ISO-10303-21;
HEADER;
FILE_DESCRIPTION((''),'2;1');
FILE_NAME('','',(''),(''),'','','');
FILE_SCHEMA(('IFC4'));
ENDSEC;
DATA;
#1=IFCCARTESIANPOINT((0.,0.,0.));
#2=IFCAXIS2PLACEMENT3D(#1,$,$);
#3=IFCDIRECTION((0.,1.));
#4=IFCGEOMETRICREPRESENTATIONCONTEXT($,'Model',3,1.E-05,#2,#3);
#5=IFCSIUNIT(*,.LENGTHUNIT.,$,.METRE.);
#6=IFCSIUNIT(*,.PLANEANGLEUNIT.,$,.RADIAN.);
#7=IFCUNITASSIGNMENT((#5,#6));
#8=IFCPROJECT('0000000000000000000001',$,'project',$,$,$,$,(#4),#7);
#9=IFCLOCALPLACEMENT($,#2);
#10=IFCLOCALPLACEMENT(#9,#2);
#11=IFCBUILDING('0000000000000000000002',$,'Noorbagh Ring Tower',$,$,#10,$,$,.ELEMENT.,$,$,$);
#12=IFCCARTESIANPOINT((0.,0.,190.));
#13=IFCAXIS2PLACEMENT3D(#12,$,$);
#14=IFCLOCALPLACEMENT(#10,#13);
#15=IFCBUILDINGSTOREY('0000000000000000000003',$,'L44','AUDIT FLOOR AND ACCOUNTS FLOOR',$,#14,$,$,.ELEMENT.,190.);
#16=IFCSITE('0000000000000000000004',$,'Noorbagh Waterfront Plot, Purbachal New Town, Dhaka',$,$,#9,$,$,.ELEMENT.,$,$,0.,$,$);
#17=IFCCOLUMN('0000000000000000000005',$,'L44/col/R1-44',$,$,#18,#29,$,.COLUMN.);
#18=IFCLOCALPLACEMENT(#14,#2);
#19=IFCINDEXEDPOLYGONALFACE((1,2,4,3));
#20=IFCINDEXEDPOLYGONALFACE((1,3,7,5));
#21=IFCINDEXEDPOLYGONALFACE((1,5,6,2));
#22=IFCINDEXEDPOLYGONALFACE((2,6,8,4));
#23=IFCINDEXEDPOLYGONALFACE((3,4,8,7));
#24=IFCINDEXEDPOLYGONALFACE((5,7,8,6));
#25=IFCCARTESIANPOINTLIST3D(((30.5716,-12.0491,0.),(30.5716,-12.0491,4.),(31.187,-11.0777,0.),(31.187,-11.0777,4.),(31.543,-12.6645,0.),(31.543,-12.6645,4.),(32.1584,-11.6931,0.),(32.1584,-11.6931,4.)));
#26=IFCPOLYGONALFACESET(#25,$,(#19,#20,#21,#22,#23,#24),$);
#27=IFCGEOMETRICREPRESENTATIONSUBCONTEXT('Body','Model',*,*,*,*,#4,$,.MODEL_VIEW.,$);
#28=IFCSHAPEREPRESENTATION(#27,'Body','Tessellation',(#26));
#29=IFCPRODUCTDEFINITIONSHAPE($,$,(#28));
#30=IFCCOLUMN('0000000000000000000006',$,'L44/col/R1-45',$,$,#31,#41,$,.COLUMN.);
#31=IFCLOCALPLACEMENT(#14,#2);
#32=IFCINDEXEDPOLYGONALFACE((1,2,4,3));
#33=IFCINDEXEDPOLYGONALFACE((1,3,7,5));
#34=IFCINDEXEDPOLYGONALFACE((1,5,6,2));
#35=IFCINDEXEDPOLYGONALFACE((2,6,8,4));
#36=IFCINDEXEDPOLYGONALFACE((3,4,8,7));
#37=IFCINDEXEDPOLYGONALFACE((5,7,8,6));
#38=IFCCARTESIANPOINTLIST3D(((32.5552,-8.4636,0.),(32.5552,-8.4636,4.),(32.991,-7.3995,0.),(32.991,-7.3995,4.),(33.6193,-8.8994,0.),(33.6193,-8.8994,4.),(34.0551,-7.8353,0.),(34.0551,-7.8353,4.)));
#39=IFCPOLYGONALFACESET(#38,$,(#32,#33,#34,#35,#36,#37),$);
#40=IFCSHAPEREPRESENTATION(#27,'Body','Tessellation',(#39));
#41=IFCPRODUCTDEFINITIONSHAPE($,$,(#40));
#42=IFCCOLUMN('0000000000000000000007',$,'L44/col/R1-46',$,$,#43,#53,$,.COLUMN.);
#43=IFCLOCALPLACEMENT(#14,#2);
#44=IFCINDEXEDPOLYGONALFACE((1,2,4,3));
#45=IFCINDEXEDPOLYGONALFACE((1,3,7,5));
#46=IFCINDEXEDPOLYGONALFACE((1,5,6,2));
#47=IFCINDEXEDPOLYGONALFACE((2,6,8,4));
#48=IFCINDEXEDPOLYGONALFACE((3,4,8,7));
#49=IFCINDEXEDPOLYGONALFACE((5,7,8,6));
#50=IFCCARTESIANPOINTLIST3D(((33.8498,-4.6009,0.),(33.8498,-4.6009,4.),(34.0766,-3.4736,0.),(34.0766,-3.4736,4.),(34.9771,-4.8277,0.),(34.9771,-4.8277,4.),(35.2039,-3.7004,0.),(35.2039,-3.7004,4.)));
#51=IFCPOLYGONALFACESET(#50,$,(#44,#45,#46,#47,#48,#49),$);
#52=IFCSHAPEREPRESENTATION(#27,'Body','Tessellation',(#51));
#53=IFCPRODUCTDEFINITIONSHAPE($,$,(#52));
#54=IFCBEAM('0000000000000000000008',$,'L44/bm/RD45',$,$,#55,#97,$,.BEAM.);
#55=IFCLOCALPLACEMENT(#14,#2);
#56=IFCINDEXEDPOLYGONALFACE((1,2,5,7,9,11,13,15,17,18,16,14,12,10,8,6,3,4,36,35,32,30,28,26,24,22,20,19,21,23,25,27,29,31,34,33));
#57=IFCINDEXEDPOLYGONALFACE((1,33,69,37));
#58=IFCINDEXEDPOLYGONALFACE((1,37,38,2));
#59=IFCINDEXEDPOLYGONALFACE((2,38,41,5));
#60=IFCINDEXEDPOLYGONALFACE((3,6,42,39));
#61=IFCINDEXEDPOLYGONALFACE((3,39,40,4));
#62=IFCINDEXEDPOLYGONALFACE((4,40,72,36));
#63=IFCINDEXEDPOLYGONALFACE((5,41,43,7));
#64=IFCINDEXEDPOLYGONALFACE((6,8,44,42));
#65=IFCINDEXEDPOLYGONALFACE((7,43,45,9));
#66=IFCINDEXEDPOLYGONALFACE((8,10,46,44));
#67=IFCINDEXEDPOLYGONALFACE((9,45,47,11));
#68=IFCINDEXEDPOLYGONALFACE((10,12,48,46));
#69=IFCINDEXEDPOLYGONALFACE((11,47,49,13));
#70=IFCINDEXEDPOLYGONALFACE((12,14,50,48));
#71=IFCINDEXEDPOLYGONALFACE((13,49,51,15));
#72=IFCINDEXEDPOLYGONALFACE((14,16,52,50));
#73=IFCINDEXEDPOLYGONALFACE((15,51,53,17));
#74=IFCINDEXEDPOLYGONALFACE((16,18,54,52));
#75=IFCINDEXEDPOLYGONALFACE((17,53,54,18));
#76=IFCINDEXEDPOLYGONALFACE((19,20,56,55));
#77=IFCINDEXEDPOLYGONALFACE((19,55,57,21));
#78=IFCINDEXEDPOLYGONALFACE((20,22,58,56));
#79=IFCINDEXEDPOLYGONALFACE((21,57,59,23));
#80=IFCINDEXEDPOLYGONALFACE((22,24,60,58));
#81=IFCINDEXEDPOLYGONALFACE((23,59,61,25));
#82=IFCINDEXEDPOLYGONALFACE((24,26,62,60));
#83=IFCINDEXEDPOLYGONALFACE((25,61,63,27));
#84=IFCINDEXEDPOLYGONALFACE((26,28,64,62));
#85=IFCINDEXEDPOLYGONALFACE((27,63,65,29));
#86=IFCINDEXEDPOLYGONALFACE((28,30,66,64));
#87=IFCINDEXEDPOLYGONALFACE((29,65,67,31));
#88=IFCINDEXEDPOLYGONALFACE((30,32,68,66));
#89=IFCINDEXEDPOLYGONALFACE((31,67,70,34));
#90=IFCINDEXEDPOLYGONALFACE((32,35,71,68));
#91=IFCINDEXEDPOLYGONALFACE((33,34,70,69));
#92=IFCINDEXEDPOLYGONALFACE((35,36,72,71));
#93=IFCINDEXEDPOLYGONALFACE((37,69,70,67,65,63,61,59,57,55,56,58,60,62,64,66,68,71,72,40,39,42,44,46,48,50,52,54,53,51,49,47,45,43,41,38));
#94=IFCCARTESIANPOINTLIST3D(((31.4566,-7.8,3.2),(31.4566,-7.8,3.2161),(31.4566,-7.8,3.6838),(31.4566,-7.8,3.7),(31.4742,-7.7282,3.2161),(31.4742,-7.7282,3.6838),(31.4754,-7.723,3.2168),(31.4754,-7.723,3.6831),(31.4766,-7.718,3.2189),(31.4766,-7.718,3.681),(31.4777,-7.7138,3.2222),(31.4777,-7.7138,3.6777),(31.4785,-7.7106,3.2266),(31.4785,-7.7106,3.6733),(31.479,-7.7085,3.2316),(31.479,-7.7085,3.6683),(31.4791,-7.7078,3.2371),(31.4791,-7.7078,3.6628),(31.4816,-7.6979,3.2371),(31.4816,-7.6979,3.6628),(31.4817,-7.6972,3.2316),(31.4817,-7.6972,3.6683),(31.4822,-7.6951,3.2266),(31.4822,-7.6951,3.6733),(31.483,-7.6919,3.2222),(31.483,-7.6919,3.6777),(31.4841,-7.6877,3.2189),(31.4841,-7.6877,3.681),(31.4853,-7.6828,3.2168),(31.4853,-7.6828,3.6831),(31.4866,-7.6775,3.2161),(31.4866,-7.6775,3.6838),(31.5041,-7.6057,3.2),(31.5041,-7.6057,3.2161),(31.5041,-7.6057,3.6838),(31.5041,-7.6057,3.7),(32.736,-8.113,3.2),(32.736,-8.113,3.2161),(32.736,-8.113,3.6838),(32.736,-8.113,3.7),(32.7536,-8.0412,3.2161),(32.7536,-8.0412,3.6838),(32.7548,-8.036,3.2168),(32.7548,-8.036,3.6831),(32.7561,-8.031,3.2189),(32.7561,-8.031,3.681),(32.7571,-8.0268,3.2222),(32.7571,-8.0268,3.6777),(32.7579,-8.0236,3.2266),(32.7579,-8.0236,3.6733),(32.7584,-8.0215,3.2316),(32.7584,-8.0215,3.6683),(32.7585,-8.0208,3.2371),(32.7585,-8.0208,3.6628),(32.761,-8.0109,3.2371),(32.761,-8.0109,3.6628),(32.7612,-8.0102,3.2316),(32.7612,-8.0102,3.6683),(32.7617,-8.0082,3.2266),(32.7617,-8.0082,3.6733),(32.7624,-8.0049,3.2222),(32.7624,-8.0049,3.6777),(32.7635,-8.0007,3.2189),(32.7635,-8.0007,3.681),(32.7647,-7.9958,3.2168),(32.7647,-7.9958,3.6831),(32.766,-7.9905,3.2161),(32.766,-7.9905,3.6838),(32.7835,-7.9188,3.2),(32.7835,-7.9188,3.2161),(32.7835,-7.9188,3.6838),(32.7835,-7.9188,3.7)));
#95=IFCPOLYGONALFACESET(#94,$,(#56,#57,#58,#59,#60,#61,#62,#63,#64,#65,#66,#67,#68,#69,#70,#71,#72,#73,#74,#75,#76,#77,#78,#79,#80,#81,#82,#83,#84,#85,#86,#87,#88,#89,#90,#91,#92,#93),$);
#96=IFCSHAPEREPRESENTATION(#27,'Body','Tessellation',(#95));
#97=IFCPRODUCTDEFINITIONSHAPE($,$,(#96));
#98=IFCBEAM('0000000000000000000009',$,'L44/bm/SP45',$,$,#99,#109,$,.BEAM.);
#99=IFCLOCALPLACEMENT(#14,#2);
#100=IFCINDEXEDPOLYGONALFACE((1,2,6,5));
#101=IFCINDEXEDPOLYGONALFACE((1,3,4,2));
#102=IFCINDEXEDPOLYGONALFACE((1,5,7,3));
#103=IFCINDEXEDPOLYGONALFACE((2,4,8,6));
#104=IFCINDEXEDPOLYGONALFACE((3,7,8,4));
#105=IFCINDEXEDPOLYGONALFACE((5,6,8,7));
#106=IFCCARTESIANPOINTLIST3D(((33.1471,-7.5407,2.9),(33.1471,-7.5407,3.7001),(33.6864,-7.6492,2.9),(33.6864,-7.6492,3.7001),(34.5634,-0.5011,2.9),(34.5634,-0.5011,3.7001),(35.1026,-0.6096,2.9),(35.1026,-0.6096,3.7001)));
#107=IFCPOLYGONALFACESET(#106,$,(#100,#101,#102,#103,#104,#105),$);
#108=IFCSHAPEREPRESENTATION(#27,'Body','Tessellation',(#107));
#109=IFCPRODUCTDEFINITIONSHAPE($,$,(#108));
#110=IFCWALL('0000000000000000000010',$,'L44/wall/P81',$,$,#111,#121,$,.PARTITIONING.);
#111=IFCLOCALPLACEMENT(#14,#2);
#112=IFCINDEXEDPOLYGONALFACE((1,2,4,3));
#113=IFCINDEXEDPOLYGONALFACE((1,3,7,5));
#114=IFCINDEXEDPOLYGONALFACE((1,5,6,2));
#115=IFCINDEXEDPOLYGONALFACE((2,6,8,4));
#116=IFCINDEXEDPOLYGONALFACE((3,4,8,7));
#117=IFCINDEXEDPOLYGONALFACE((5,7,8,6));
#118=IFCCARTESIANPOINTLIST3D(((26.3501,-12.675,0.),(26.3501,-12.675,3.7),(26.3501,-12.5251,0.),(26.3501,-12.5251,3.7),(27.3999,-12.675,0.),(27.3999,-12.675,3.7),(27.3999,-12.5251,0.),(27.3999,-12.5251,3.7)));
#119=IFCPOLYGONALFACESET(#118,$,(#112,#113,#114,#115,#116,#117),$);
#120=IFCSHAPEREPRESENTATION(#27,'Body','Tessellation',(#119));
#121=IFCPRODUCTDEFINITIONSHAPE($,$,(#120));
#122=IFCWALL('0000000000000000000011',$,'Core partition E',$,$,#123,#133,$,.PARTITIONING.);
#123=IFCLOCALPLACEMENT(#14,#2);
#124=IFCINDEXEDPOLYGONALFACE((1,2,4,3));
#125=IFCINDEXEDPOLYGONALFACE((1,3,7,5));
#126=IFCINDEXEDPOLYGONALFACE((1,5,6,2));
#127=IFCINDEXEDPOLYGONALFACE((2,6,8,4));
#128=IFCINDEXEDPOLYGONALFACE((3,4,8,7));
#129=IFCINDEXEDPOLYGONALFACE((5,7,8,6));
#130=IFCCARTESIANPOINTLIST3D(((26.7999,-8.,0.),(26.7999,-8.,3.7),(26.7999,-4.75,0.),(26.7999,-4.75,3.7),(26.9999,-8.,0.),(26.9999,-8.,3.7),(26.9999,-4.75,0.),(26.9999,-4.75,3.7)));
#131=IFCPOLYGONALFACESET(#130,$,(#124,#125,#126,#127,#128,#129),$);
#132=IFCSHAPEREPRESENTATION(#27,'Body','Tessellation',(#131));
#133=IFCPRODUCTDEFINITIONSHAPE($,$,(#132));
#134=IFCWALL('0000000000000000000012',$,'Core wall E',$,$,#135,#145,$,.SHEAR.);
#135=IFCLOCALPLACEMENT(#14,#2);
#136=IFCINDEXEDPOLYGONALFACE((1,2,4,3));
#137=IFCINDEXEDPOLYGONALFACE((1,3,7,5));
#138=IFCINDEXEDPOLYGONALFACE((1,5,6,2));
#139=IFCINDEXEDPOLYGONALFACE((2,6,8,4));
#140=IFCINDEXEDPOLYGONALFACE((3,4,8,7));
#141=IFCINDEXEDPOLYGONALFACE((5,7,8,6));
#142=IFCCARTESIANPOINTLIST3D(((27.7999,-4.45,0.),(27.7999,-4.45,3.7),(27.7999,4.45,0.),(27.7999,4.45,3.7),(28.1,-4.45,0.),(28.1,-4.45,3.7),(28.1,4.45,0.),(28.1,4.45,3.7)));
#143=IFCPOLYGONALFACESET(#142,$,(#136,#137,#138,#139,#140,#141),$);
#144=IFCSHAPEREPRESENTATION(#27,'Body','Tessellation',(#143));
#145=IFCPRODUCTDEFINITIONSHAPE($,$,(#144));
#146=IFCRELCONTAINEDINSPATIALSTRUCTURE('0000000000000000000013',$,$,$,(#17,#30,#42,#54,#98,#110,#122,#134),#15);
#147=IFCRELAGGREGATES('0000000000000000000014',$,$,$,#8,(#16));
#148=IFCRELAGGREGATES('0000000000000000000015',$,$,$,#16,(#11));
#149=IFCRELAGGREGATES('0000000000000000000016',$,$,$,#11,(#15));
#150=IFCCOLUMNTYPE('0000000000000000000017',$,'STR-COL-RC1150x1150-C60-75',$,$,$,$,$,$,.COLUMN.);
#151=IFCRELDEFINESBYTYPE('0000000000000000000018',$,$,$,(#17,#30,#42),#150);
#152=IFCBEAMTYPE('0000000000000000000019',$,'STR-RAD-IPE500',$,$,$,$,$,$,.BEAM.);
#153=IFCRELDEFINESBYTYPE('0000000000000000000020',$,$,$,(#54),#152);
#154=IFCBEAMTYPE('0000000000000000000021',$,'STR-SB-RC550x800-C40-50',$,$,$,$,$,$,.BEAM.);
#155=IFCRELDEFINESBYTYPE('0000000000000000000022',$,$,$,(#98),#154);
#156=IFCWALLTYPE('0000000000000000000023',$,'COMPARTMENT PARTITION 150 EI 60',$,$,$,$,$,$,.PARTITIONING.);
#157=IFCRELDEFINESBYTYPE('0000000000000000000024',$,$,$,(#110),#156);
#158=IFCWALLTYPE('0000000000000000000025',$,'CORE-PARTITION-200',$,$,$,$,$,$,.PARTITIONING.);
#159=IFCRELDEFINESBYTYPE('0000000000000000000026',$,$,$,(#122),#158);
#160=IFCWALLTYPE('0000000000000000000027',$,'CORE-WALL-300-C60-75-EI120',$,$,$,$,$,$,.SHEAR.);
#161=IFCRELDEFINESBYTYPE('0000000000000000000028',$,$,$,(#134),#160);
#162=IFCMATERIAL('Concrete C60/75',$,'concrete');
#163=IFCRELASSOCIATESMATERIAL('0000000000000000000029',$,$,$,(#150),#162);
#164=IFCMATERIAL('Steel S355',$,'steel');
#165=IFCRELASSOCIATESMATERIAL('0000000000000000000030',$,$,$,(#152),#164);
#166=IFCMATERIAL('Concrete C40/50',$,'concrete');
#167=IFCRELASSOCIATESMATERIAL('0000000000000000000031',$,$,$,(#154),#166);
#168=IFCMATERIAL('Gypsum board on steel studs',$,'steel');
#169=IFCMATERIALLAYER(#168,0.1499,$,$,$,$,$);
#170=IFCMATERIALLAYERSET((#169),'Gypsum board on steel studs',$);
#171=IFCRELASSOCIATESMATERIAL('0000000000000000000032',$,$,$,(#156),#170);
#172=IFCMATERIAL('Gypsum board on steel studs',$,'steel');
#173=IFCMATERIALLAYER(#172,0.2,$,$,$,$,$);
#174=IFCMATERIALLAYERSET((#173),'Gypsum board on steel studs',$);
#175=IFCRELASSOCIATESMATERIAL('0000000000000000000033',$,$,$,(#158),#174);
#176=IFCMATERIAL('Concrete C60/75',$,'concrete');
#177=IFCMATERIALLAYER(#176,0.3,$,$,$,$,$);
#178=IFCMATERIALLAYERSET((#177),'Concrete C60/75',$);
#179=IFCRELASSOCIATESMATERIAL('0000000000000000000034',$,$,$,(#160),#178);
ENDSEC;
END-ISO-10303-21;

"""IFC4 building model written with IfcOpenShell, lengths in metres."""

from ifc_helpers import new_model, si_unit, direction, frame, frame_2d, origin, origin_2d, place, context, subcontext, project, spatial, rectangle, i_section, extrude, material, layer, layer_set, material_profile, profile_set, type_object, element, save


model = new_model("IFC4")

# Units and contexts
model_context = context("Model", 3, precision=1e-05, world=origin(), true_north=direction((0.0, 1.0)))
body_context = subcontext(model_context, "Body", "Model", "MODEL_VIEW")
ifc_project = project(units=[si_unit("LENGTHUNIT", "METRE"), si_unit("PLANEANGLEUNIT", "RADIAN")], contexts=[model_context])

# Site, building, storey
site_placement = place(None, origin())
site = spatial("IfcSite", under=ifc_project, at=site_placement, Name="Noorbagh Waterfront Plot, Purbachal New Town, Dhaka", CompositionType="ELEMENT", RefElevation=0.0)
building_placement = place(site_placement, origin())
building = spatial("IfcBuilding", under=site, at=building_placement, Name="Noorbagh Ring Tower", CompositionType="ELEMENT")
storey_placement = place(building_placement, frame((0.0, 0.0, 190.0)))
storey = spatial("IfcBuildingStorey", under=building, at=storey_placement, Name="L44", Description="AUDIT FLOOR AND ACCOUNTS FLOOR", CompositionType="ELEMENT", Elevation=190.0)

# Columns
ifc_material_1 = material(Name="Concrete C60/75", Category="concrete")
ifc_material_profile_1 = material_profile(ifc_material_1, rectangle(XDim=1.1499, YDim=1.1499, at=origin_2d()), Name="RC1150x1150")
ifc_profile_set_1 = profile_set([ifc_material_profile_1], Name="Concrete C60/75")
column_type = type_object("IfcColumnType", Name="STR-COL-RC1150x1150-C60-75", PredefinedType="COLUMN", material=ifc_profile_set_1)
for number, where, z_axis, x_axis, name in (
    (1, (31.365, -11.8711, 0.0), (0.0, 0.0, 1.0), (0.53519, 0.844731, 0.0), "L44/col/R1-44"),
    (2, (33.3052, -8.1494, 0.0), (0.0, 0.0, 1.0), (0.378989, 0.925401, 0.0), "L44/col/R1-45"),
    (3, (34.5269, -4.1506, 0.0), (0.0, 0.0, 1.0), (0.19723, 0.980357, 0.0), "L44/col/R1-46"),
):
    element("IfcColumn", number, at=place(storey_placement, frame(where, z_axis=z_axis, x_axis=x_axis)), inside=storey, type_object=column_type, Name=name, PredefinedType="COLUMN", context=body_context, shape_type="SweptSolid", body=[
        extrude(rectangle(XDim=1.1499, YDim=1.1499, at=origin_2d()), origin(), (0.0, 0.0, 1.0), 4.0),
    ])

# Beams
ifc_material_2 = material(Name="Steel S355", Category="steel")
ifc_material_profile_2 = material_profile(ifc_material_2, i_section(OverallWidth=0.2, OverallDepth=0.5, WebThickness=0.0103, FlangeThickness=0.0161, FilletRadius=0.021, at=origin_2d()), Name="IPE500")
ifc_profile_set_2 = profile_set([ifc_material_profile_2], Name="Steel S355")
beam_type_1 = type_object("IfcBeamType", Name="STR-RAD-IPE500", PredefinedType="BEAM", material=ifc_profile_set_2)
beam_1_placement = place(storey_placement, frame((32.7598, -8.0159, 3.45), z_axis=(-0.971351, 0.237647, 0.0), x_axis=(-0.237647, -0.971351, 0.0)))
element("IfcBeam", 4, at=beam_1_placement, inside=storey, type_object=beam_type_1, Name="L44/bm/RD45", PredefinedType="BEAM", context=body_context, shape_type="SweptSolid", body=[
    extrude(i_section(OverallWidth=0.2, OverallDepth=0.5, WebThickness=0.0103, FlangeThickness=0.0161, FilletRadius=0.021, at=origin_2d()), origin(), (0.0, 0.0, 1.0), 1.3171),
])
ifc_material_3 = material(Name="Concrete C40/50", Category="concrete")
ifc_material_profile_3 = material_profile(ifc_material_3, rectangle(XDim=0.55, YDim=0.8, at=origin_2d()), Name="RC550x800")
ifc_profile_set_3 = profile_set([ifc_material_profile_3], Name="Concrete C40/50")
beam_type_2 = type_object("IfcBeamType", Name="STR-SB-RC550x800-C40-50", PredefinedType="BEAM", material=ifc_profile_set_3)
beam_2_placement = place(storey_placement, frame((33.4167, -7.595, 3.3), z_axis=(0.197234, 0.980356, 0.0), x_axis=(-0.980356, 0.197234, 0.0)))
element("IfcBeam", 5, at=beam_2_placement, inside=storey, type_object=beam_type_2, Name="L44/bm/SP45", PredefinedType="BEAM", context=body_context, shape_type="SweptSolid", body=[
    extrude(rectangle(XDim=0.55, YDim=0.8, at=origin_2d()), origin(), (0.0, 0.0, 1.0), 7.1807),
])

# Walls
ifc_material_4 = material(Name="Gypsum board on steel studs", Category="steel")
ifc_layer_1 = layer(ifc_material_4, 0.1499)
ifc_layer_set_1 = layer_set([ifc_layer_1], Name="Gypsum board on steel studs")
wall_type_1 = type_object("IfcWallType", Name="COMPARTMENT PARTITION 150 EI 60", PredefinedType="PARTITIONING", material=ifc_layer_set_1)
wall_1_placement = place(storey_placement, frame((26.3501, -12.6001, 0.0), z_axis=(0.0, 0.0, 1.0), x_axis=(1.0, 0.0, 0.0)))
element("IfcWall", 6, at=wall_1_placement, inside=storey, type_object=wall_type_1, Name="L44/wall/P81", PredefinedType="PARTITIONING", context=body_context, shape_type="SweptSolid", body=[
    extrude(rectangle(XDim=1.0498, YDim=0.1499, at=frame_2d((0.5249, 0.0))), origin(), (0.0, 0.0, 1.0), 3.7),
])
ifc_material_5 = material(Name="Gypsum board on steel studs", Category="steel")
ifc_layer_2 = layer(ifc_material_5, 0.2)
ifc_layer_set_2 = layer_set([ifc_layer_2], Name="Gypsum board on steel studs")
wall_type_2 = type_object("IfcWallType", Name="CORE-PARTITION-200", PredefinedType="PARTITIONING", material=ifc_layer_set_2)
wall_2_placement = place(storey_placement, frame((26.8999, -8.0, 0.0), z_axis=(0.0, 0.0, 1.0), x_axis=(0.0, 1.0, 0.0)))
element("IfcWall", 7, at=wall_2_placement, inside=storey, type_object=wall_type_2, Name="Core partition E", PredefinedType="PARTITIONING", context=body_context, shape_type="SweptSolid", body=[
    extrude(rectangle(XDim=3.25, YDim=0.2, at=frame_2d((1.625, 0.0))), origin(), (0.0, 0.0, 1.0), 3.7),
])
ifc_material_6 = material(Name="Concrete C60/75", Category="concrete")
ifc_layer_3 = layer(ifc_material_6, 0.3)
ifc_layer_set_3 = layer_set([ifc_layer_3], Name="Concrete C60/75")
wall_type_3 = type_object("IfcWallType", Name="CORE-WALL-300-C60-75-EI120", PredefinedType="SHEAR", material=ifc_layer_set_3)
wall_3_placement = place(storey_placement, frame((27.95, -4.45, 0.0), z_axis=(0.0, 0.0, 1.0), x_axis=(0.0, 1.0, 0.0)))
element("IfcWall", 8, at=wall_3_placement, inside=storey, type_object=wall_type_3, Name="Core wall E", PredefinedType="SHEAR", context=body_context, shape_type="SweptSolid", body=[
    extrude(rectangle(XDim=8.8999, YDim=0.3, at=frame_2d((4.45, 0.0))), origin(), (0.0, 0.0, 1.0), 3.7),
])

save(model, "model.ifc")
